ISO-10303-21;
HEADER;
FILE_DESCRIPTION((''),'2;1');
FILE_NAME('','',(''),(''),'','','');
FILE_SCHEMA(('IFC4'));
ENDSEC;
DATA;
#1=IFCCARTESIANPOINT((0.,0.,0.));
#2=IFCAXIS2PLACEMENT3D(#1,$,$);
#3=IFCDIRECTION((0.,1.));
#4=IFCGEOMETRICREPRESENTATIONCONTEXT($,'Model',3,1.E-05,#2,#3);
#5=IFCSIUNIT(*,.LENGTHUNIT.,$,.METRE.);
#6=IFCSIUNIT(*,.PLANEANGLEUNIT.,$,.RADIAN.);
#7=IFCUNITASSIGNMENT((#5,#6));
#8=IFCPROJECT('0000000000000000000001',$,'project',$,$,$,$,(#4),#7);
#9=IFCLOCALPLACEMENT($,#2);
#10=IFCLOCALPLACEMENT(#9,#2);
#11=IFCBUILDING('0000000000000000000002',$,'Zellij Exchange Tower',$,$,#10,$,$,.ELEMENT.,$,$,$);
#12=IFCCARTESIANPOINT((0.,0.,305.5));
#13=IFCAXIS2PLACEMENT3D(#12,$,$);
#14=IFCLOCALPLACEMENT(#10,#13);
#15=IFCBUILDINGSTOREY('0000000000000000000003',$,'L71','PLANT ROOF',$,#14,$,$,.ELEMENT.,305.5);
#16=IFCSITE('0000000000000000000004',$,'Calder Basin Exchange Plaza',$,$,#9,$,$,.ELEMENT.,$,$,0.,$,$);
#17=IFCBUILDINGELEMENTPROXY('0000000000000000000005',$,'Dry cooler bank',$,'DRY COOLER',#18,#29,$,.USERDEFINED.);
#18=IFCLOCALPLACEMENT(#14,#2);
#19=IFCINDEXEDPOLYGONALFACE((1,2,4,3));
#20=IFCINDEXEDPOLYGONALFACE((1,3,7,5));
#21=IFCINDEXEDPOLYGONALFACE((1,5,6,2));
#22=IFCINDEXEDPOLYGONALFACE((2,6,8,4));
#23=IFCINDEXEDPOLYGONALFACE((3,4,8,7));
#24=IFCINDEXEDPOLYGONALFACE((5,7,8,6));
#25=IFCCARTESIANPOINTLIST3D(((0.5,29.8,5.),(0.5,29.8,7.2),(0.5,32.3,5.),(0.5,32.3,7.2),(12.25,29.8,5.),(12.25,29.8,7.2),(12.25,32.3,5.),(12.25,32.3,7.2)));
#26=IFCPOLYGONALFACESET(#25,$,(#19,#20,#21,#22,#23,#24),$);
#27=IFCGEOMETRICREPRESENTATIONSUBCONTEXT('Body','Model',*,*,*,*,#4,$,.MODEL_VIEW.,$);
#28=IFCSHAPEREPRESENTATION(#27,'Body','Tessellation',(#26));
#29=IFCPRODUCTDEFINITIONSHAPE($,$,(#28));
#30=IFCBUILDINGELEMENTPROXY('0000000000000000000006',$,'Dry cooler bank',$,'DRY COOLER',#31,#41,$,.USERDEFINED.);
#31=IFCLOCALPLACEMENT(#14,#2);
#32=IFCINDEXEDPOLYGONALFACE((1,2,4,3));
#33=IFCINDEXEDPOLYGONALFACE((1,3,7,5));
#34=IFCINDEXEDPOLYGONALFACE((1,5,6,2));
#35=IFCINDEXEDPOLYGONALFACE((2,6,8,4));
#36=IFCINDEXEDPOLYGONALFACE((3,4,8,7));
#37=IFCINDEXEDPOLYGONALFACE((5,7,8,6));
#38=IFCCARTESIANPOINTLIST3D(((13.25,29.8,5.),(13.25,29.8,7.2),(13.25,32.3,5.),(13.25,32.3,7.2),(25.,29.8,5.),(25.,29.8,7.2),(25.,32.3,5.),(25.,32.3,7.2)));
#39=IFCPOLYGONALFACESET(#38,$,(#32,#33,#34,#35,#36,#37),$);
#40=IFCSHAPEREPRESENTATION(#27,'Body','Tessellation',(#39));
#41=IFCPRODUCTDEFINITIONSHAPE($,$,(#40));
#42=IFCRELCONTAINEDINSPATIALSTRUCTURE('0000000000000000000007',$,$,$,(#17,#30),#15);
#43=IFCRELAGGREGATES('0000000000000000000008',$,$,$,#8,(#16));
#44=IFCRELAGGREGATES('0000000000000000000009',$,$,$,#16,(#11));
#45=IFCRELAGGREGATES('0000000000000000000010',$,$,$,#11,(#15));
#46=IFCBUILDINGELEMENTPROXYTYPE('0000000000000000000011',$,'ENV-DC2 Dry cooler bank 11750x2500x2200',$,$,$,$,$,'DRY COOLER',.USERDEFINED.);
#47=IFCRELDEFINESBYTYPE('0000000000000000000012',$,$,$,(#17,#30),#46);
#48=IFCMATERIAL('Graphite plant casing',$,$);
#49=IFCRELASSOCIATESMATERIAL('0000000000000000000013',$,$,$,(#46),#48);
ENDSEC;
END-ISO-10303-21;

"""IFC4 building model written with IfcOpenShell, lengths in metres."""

from ifc_helpers import new_model, si_unit, direction, frame, origin, origin_2d, place, context, subcontext, project, spatial, rectangle, extrude, material, type_object, element, save


model = new_model("IFC4")

# Units and contexts
model_context = context("Model", 3, precision=1e-05, world=origin(), true_north=direction((0.0, 1.0)))
body_context = subcontext(model_context, "Body", "Model", "MODEL_VIEW")
ifc_project = project(units=[si_unit("LENGTHUNIT", "METRE"), si_unit("PLANEANGLEUNIT", "RADIAN")], contexts=[model_context])

# Site, building, storey
site_placement = place(None, origin())
site = spatial("IfcSite", under=ifc_project, at=site_placement, Name="Calder Basin Exchange Plaza", CompositionType="ELEMENT", RefElevation=0.0)
building_placement = place(site_placement, origin())
building = spatial("IfcBuilding", under=site, at=building_placement, Name="Zellij Exchange Tower", CompositionType="ELEMENT")
storey_placement = place(building_placement, frame((0.0, 0.0, 305.5)))
storey = spatial("IfcBuildingStorey", under=building, at=storey_placement, Name="L71", Description="PLANT ROOF", CompositionType="ELEMENT", Elevation=305.5)

# Building element proxies
ifc_material_1 = material(Name="Graphite plant casing")
building_element_proxy_type = type_object("IfcBuildingElementProxyType", Name="ENV-DC2 Dry cooler bank 11750x2500x2200", ElementType="DRY COOLER", PredefinedType="USERDEFINED", material=ifc_material_1)
for number, where, z_axis, x_axis, name in (
    (1, (6.375, 31.05, 5.0), (0.0, 0.0, 1.0), (1.0, 0.0, 0.0), "Dry cooler bank"),
    (2, (19.125, 31.05, 5.0), (0.0, 0.0, 1.0), (1.0, 0.0, 0.0), "Dry cooler bank"),
):
    element("IfcBuildingElementProxy", number, at=place(storey_placement, frame(where, z_axis=z_axis, x_axis=x_axis)), inside=storey, type_object=building_element_proxy_type, Name=name, ObjectType="DRY COOLER", PredefinedType="USERDEFINED", context=body_context, shape_type="SweptSolid", body=[
        extrude(rectangle(XDim=11.75, YDim=2.5, at=origin_2d()), origin(), (0.0, 0.0, 1.0), 2.2),
    ])

save(model, "model.ifc")
